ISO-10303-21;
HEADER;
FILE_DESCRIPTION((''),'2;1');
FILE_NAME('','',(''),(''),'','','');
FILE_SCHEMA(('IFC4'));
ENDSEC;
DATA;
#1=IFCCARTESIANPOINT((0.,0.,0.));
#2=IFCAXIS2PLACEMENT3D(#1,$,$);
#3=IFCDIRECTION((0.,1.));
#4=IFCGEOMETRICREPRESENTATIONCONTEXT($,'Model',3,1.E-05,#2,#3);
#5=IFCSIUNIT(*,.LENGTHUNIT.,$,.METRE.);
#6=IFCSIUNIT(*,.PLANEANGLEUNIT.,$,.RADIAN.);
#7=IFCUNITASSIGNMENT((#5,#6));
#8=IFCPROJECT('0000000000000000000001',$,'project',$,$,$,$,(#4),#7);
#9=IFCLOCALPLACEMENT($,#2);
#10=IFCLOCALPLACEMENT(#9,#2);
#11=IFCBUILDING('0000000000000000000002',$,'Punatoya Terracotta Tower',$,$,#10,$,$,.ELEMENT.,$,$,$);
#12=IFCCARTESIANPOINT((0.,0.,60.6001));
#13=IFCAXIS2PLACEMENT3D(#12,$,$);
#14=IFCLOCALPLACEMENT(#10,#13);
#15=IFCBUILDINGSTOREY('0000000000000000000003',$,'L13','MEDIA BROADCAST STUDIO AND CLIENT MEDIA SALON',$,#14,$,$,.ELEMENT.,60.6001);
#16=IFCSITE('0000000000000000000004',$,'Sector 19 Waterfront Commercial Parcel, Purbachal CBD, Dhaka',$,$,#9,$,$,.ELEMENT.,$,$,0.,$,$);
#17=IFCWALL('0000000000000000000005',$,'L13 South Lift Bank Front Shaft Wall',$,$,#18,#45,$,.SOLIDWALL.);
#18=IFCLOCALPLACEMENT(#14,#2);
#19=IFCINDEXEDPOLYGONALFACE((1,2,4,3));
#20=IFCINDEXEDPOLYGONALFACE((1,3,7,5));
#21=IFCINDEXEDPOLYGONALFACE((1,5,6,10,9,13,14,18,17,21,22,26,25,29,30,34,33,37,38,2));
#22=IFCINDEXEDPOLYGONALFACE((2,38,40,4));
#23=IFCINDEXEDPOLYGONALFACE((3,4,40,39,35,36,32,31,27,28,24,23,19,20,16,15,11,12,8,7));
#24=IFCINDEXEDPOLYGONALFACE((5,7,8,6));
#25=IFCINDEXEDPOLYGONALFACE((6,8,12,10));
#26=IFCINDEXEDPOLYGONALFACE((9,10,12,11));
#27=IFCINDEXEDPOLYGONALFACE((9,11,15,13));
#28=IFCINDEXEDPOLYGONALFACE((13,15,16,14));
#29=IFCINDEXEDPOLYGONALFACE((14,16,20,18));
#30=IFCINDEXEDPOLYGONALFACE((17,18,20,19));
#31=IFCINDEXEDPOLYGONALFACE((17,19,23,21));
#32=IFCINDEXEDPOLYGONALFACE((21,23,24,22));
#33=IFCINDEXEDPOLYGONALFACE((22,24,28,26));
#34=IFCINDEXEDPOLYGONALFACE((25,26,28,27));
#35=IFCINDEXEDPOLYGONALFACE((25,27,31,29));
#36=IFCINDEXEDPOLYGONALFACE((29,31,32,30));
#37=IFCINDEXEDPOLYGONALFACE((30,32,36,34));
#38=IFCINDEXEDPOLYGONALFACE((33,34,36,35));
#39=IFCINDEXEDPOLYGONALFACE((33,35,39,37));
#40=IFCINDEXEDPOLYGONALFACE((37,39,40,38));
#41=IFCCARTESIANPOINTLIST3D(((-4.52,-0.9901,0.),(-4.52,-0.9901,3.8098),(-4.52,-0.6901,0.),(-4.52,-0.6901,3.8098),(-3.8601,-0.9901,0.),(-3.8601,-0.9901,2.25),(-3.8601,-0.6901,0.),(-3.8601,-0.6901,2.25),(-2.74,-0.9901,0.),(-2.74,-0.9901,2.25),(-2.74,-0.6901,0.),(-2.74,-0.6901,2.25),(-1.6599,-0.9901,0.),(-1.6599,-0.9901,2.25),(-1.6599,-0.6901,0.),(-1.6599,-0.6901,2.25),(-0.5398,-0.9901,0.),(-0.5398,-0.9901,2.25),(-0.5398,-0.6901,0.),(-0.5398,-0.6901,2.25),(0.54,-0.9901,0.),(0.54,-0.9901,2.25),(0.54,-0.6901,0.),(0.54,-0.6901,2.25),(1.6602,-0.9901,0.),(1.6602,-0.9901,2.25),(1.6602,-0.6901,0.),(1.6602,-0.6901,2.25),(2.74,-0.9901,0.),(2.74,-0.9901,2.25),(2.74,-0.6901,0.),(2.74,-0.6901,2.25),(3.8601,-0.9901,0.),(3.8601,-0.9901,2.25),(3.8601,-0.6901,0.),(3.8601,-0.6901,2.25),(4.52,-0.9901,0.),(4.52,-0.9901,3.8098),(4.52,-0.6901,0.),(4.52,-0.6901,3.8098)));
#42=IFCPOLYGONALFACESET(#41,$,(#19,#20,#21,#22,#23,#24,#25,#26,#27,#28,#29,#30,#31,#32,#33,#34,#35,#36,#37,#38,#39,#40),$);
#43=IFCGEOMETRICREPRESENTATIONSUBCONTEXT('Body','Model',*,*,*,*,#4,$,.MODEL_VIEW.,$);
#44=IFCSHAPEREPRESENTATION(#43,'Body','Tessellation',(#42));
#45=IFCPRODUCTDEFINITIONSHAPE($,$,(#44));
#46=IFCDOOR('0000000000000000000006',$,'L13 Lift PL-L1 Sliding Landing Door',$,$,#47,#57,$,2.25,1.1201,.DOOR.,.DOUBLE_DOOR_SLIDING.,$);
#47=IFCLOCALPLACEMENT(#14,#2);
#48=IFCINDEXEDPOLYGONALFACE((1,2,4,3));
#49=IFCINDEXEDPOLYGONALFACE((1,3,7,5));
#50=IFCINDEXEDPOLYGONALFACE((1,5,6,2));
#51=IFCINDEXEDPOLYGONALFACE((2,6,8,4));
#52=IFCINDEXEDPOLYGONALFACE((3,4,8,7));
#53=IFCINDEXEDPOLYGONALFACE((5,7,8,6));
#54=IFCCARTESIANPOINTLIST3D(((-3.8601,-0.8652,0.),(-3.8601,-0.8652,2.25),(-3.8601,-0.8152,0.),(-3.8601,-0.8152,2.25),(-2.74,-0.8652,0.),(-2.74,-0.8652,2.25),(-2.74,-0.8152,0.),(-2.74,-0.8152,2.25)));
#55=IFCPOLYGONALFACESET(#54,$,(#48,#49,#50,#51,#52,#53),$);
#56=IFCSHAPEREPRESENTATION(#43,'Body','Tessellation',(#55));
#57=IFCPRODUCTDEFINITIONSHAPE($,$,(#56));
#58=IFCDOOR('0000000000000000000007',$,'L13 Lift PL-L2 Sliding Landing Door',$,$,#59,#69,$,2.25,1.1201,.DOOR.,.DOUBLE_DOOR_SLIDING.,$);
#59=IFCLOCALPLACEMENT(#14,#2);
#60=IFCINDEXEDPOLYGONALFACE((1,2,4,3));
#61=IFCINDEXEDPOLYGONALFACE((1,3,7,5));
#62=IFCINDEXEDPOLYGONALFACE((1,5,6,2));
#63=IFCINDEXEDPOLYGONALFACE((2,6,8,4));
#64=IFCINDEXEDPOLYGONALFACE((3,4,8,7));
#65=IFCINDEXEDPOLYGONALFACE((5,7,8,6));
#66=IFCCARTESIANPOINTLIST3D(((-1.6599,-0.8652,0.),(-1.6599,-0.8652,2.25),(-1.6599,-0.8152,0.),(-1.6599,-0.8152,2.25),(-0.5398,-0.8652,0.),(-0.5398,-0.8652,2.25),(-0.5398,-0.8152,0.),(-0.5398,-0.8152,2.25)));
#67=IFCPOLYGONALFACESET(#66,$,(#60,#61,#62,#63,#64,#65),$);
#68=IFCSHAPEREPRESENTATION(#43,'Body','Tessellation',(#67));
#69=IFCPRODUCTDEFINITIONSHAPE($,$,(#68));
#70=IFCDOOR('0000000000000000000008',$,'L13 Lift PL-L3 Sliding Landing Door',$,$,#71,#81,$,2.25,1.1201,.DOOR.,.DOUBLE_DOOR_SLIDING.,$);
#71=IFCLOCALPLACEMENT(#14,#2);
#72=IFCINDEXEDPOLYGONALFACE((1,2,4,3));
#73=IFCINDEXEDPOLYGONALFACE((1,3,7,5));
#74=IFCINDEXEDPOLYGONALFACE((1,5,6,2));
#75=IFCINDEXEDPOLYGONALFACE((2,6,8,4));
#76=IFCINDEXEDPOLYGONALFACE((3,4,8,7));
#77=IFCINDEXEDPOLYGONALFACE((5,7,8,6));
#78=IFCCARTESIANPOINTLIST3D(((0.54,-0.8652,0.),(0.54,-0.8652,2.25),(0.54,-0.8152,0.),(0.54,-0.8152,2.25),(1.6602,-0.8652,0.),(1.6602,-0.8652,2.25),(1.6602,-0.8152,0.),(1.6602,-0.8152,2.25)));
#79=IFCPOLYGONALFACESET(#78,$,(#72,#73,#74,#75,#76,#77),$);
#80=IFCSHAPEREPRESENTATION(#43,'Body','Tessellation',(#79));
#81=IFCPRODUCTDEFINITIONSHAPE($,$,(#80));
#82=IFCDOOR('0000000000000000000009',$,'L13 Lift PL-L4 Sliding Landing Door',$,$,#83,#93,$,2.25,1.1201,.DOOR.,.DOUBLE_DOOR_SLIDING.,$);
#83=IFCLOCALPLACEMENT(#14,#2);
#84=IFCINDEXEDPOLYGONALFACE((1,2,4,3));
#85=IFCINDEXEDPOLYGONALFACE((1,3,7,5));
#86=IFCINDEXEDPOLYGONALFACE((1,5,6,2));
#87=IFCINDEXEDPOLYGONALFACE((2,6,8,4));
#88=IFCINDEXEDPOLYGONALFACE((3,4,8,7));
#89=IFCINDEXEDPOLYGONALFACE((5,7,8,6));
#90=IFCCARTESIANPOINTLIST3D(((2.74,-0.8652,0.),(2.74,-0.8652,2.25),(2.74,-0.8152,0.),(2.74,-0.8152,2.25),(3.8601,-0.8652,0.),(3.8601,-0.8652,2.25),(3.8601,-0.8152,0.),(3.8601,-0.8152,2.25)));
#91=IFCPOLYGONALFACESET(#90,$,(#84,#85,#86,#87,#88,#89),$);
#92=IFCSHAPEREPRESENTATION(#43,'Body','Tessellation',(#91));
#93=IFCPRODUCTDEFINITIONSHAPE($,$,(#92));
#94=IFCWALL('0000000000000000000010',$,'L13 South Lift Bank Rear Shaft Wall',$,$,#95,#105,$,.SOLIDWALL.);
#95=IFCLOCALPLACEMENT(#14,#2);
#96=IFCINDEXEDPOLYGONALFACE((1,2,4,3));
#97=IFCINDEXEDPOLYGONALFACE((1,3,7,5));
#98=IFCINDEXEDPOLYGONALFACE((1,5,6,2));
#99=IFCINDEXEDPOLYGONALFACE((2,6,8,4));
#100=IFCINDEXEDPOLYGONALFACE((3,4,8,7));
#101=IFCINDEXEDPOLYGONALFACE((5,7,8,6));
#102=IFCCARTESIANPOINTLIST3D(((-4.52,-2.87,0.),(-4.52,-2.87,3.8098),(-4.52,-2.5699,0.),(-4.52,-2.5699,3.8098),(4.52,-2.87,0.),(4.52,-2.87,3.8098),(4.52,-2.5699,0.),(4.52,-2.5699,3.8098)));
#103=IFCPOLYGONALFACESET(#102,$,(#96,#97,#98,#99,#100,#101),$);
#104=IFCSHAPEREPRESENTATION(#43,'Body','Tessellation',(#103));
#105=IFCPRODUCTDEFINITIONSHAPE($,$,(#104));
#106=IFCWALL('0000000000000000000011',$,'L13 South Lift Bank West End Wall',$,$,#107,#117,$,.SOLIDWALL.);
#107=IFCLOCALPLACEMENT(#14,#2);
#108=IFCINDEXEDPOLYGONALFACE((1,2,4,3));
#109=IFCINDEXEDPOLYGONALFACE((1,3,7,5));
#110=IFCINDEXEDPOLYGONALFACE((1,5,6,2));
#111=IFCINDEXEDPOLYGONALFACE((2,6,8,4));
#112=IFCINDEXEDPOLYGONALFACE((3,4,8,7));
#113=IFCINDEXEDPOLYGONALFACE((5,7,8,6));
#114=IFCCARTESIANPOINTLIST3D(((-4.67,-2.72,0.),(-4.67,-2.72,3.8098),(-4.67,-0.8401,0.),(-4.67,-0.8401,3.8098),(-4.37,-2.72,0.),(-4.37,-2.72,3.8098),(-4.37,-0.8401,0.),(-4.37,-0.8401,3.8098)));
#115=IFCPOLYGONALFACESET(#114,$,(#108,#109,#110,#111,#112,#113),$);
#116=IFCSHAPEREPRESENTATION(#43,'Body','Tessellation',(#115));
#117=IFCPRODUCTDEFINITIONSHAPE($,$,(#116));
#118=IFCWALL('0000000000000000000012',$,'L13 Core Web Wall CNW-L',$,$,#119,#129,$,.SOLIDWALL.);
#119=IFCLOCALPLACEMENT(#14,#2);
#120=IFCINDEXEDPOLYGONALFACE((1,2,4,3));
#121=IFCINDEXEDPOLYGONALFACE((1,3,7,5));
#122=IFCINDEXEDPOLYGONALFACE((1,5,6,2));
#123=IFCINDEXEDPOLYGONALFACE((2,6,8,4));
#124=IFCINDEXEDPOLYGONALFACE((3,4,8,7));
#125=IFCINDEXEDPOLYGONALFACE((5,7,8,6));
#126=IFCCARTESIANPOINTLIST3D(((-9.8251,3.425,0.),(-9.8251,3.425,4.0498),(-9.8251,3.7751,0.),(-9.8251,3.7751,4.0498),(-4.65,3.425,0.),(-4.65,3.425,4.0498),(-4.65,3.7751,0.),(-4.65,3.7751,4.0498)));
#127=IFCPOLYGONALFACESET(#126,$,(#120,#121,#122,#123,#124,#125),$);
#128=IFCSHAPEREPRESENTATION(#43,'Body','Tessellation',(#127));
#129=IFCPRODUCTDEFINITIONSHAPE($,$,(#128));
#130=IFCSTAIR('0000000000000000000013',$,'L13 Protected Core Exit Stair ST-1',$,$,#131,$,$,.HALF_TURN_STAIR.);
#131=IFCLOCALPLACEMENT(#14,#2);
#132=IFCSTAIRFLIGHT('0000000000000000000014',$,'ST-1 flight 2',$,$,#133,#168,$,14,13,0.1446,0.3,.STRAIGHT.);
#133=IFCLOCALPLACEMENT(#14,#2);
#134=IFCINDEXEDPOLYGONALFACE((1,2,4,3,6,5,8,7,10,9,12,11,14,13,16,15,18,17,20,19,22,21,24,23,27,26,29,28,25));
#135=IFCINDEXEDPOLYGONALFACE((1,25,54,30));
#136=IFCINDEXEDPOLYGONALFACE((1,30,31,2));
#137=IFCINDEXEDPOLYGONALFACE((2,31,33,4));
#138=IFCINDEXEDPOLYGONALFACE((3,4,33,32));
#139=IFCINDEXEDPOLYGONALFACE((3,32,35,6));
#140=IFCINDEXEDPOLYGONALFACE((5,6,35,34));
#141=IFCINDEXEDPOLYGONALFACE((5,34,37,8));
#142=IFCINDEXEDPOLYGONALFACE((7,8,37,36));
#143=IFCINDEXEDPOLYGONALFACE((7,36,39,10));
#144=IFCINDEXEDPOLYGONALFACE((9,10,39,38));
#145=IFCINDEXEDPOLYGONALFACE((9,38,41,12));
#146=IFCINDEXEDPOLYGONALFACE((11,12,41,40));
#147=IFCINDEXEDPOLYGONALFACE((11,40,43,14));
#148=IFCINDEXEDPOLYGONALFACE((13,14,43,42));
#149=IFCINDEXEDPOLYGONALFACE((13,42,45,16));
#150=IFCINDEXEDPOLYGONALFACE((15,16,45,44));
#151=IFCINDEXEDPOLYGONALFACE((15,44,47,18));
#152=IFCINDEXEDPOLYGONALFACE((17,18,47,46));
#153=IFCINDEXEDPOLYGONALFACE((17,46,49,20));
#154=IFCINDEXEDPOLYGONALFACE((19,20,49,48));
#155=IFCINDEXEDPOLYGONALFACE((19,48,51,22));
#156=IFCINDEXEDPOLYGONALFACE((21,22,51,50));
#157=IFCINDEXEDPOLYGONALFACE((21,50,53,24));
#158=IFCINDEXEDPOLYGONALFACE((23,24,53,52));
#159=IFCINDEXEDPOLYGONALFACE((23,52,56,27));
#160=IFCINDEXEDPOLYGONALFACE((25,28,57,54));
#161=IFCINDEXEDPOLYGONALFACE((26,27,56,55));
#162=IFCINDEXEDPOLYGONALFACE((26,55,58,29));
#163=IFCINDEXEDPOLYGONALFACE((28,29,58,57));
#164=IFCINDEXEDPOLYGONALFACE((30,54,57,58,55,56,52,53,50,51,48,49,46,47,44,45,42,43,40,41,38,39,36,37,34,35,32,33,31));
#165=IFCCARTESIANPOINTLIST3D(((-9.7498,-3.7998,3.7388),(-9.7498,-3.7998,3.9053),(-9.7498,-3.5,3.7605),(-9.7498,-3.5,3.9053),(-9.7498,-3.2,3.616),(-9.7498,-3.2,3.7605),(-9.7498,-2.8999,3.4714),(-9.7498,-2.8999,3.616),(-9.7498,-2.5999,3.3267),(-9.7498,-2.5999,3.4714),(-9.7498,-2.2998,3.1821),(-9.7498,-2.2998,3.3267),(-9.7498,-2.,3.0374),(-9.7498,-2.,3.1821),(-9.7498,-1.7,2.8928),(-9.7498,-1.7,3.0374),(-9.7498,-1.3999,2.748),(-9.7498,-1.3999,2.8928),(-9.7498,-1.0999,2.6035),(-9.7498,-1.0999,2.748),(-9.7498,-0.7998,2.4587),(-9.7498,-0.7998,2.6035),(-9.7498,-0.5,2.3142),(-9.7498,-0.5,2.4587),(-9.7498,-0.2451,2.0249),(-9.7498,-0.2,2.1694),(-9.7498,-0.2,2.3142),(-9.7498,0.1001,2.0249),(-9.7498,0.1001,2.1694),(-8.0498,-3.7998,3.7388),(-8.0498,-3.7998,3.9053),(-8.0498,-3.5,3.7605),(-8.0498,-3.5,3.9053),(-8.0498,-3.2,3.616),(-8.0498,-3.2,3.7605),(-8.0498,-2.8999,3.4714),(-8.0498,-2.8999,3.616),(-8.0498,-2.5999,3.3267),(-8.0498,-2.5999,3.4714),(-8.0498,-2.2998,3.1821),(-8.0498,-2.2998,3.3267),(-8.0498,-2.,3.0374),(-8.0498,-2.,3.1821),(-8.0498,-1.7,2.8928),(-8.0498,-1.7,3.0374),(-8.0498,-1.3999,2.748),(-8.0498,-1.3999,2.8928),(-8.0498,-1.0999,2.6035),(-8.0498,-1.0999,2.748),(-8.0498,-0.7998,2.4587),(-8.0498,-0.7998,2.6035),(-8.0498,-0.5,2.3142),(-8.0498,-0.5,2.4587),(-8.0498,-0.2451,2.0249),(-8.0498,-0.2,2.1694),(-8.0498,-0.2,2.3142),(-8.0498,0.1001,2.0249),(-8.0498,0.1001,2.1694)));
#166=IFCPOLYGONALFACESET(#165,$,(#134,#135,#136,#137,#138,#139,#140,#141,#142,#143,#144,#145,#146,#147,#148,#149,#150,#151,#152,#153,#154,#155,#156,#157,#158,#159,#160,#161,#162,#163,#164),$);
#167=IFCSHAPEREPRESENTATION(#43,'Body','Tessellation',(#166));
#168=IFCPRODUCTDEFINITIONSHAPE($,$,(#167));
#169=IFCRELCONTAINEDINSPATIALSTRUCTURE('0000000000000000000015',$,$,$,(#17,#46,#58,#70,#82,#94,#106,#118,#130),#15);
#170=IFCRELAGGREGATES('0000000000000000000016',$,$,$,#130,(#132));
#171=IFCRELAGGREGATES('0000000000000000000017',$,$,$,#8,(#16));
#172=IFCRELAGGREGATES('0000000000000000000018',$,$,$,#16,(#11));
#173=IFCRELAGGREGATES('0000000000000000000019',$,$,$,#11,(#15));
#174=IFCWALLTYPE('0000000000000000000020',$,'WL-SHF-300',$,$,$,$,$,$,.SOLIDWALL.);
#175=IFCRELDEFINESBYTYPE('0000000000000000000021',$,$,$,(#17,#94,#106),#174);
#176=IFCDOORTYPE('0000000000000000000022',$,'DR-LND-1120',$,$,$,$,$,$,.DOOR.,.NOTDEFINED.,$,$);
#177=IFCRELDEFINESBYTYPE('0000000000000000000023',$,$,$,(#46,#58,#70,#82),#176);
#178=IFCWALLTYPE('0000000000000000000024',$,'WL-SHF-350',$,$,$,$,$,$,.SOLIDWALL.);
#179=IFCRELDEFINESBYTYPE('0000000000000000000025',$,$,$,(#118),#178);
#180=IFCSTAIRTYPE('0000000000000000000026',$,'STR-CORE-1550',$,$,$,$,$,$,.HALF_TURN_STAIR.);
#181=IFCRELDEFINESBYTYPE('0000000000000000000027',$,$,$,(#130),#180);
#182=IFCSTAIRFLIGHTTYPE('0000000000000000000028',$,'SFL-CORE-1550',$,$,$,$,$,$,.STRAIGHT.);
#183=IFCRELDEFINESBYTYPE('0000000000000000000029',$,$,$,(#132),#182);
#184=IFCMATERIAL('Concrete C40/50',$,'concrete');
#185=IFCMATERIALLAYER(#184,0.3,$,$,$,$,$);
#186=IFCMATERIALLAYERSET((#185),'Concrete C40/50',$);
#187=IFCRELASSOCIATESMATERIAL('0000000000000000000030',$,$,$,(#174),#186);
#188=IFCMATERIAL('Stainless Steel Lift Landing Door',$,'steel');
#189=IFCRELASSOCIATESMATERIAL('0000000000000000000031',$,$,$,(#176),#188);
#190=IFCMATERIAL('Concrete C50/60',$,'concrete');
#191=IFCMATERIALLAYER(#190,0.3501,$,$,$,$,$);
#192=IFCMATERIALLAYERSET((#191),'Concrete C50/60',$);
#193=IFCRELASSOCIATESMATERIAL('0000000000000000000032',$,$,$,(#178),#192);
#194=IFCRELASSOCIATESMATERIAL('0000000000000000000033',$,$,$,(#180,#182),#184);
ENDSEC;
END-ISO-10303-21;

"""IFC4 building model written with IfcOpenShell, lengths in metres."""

from ifc_helpers import new_model, si_unit, direction, frame, frame_2d, origin, place, context, subcontext, project, spatial, polyline, rectangle, outline, extrude, material, layer, layer_set, type_object, element, fill, aggregate, save


model = new_model("IFC4")

# Units and contexts
model_context = context("Model", 3, precision=1e-05, world=origin(), true_north=direction((0.0, 1.0)))
body_context = subcontext(model_context, "Body", "Model", "MODEL_VIEW")
ifc_project = project(units=[si_unit("LENGTHUNIT", "METRE"), si_unit("PLANEANGLEUNIT", "RADIAN")], contexts=[model_context])

# Site, building, storey
site_placement = place(None, origin())
site = spatial("IfcSite", under=ifc_project, at=site_placement, Name="Sector 19 Waterfront Commercial Parcel, Purbachal CBD, Dhaka", CompositionType="ELEMENT", RefElevation=0.0)
building_placement = place(site_placement, origin())
building = spatial("IfcBuilding", under=site, at=building_placement, Name="Punatoya Terracotta Tower", CompositionType="ELEMENT")
storey_placement = place(building_placement, frame((0.0, 0.0, 60.6001)))
storey = spatial("IfcBuildingStorey", under=building, at=storey_placement, Name="L13", Description="MEDIA BROADCAST STUDIO AND CLIENT MEDIA SALON", CompositionType="ELEMENT", Elevation=60.6001)

# Shared definitions
ifc_material_1 = material(Name="Concrete C40/50", Category="concrete")

# Wall, openings, doors
ifc_layer_1 = layer(ifc_material_1, 0.3)
ifc_layer_set_1 = layer_set([ifc_layer_1], Name="Concrete C40/50")
wall_type_1 = type_object("IfcWallType", Name="WL-SHF-300", PredefinedType="SOLIDWALL", material=ifc_layer_set_1)
wall_1_placement = place(storey_placement, frame((-4.52, -0.8401, 0.0), z_axis=(0.0, 0.0, 1.0), x_axis=(1.0, 0.0, 0.0)))
wall_1 = element("IfcWall", 1, at=wall_1_placement, inside=storey, type_object=wall_type_1, Name="L13 South Lift Bank Front Shaft Wall", PredefinedType="SOLIDWALL", context=body_context, shape_type="SweptSolid", body=[
    extrude(rectangle(XDim=9.04, YDim=0.3, at=frame_2d((4.52, 0.0))), origin(), (0.0, 0.0, 1.0), 3.8098),
])
opening_1_placement = place(wall_1_placement, frame((0.6599, 0.0, 0.0)))
opening_1 = element("IfcOpeningElement", 2, at=opening_1_placement, cuts=wall_1, PredefinedType="OPENING", context=body_context, shape_type="SweptSolid", body=[
    extrude(rectangle(XDim=1.1201, YDim=2.25, at=frame_2d((0.5601, 1.125))), frame((0.0, 0.1599, 0.0), z_axis=(0.0, -1.0, 0.0), x_axis=(1.0, 0.0, 0.0)), (0.0, 0.0, 1.0), 0.3201),
])
opening_2_placement = place(wall_1_placement, frame((2.8601, 0.0, 0.0)))
opening_2 = element("IfcOpeningElement", 3, at=opening_2_placement, cuts=wall_1, PredefinedType="OPENING", context=body_context, shape_type="SweptSolid", body=[
    extrude(rectangle(XDim=1.1201, YDim=2.25, at=frame_2d((0.5601, 1.125))), frame((0.0, 0.1599, 0.0), z_axis=(0.0, -1.0, 0.0), x_axis=(1.0, 0.0, 0.0)), (0.0, 0.0, 1.0), 0.3201),
])
opening_3_placement = place(wall_1_placement, frame((5.0601, 0.0, 0.0)))
opening_3 = element("IfcOpeningElement", 4, at=opening_3_placement, cuts=wall_1, PredefinedType="OPENING", context=body_context, shape_type="SweptSolid", body=[
    extrude(rectangle(XDim=1.1201, YDim=2.25, at=frame_2d((0.5601, 1.125))), frame((0.0, 0.1599, 0.0), z_axis=(0.0, -1.0, 0.0), x_axis=(1.0, 0.0, 0.0)), (0.0, 0.0, 1.0), 0.3201),
])
opening_4_placement = place(wall_1_placement, frame((7.26, 0.0, 0.0)))
opening_4 = element("IfcOpeningElement", 5, at=opening_4_placement, cuts=wall_1, PredefinedType="OPENING", context=body_context, shape_type="SweptSolid", body=[
    extrude(rectangle(XDim=1.1201, YDim=2.25, at=frame_2d((0.5601, 1.125))), frame((0.0, 0.1599, 0.0), z_axis=(0.0, -1.0, 0.0), x_axis=(1.0, 0.0, 0.0)), (0.0, 0.0, 1.0), 0.3201),
])
ifc_material_2 = material(Name="Stainless Steel Lift Landing Door", Category="steel")
door_type_1 = type_object("IfcDoorType", Name="DR-LND-1120", OperationType="NOTDEFINED", PredefinedType="DOOR", material=ifc_material_2)
door_1_placement = place(opening_1_placement, origin())
door_1 = element("IfcDoor", 6, at=door_1_placement, inside=storey, type_object=door_type_1, Name="L13 Lift PL-L1 Sliding Landing Door", OperationType="DOUBLE_DOOR_SLIDING", OverallHeight=2.25, OverallWidth=1.1201, PredefinedType="DOOR", context=body_context, shape_type="SweptSolid", body=[
    extrude(rectangle(XDim=1.1201, YDim=2.25, at=frame_2d((0.5601, 1.125))), frame((0.0, 0.0249, 0.0), z_axis=(0.0, -1.0, 0.0), x_axis=(1.0, 0.0, 0.0)), (0.0, 0.0, 1.0), 0.05),
])
fill(opening_1, door_1)
door_2_placement = place(opening_2_placement, origin())
door_2 = element("IfcDoor", 7, at=door_2_placement, inside=storey, type_object=door_type_1, Name="L13 Lift PL-L2 Sliding Landing Door", OperationType="DOUBLE_DOOR_SLIDING", OverallHeight=2.25, OverallWidth=1.1201, PredefinedType="DOOR", context=body_context, shape_type="SweptSolid", body=[
    extrude(rectangle(XDim=1.1201, YDim=2.25, at=frame_2d((0.5601, 1.125))), frame((0.0, 0.0249, 0.0), z_axis=(0.0, -1.0, 0.0), x_axis=(1.0, 0.0, 0.0)), (0.0, 0.0, 1.0), 0.05),
])
fill(opening_2, door_2)
door_3_placement = place(opening_3_placement, origin())
door_3 = element("IfcDoor", 8, at=door_3_placement, inside=storey, type_object=door_type_1, Name="L13 Lift PL-L3 Sliding Landing Door", OperationType="DOUBLE_DOOR_SLIDING", OverallHeight=2.25, OverallWidth=1.1201, PredefinedType="DOOR", context=body_context, shape_type="SweptSolid", body=[
    extrude(rectangle(XDim=1.1201, YDim=2.25, at=frame_2d((0.5601, 1.125))), frame((0.0, 0.0249, 0.0), z_axis=(0.0, -1.0, 0.0), x_axis=(1.0, 0.0, 0.0)), (0.0, 0.0, 1.0), 0.05),
])
fill(opening_3, door_3)
door_4_placement = place(opening_4_placement, origin())
door_4 = element("IfcDoor", 9, at=door_4_placement, inside=storey, type_object=door_type_1, Name="L13 Lift PL-L4 Sliding Landing Door", OperationType="DOUBLE_DOOR_SLIDING", OverallHeight=2.25, OverallWidth=1.1201, PredefinedType="DOOR", context=body_context, shape_type="SweptSolid", body=[
    extrude(rectangle(XDim=1.1201, YDim=2.25, at=frame_2d((0.5601, 1.125))), frame((0.0, 0.0249, 0.0), z_axis=(0.0, -1.0, 0.0), x_axis=(1.0, 0.0, 0.0)), (0.0, 0.0, 1.0), 0.05),
])
fill(opening_4, door_4)

# Walls
wall_2_placement = place(storey_placement, frame((-4.52, -2.72, 0.0), z_axis=(0.0, 0.0, 1.0), x_axis=(1.0, 0.0, 0.0)))
element("IfcWall", 10, at=wall_2_placement, inside=storey, type_object=wall_type_1, Name="L13 South Lift Bank Rear Shaft Wall", PredefinedType="SOLIDWALL", context=body_context, shape_type="SweptSolid", body=[
    extrude(rectangle(XDim=9.04, YDim=0.3, at=frame_2d((4.52, 0.0))), origin(), (0.0, 0.0, 1.0), 3.8098),
])
wall_3_placement = place(storey_placement, frame((-4.52, -2.72, 0.0), z_axis=(0.0, 0.0, 1.0), x_axis=(0.0, 1.0, 0.0)))
element("IfcWall", 11, at=wall_3_placement, inside=storey, type_object=wall_type_1, Name="L13 South Lift Bank West End Wall", PredefinedType="SOLIDWALL", context=body_context, shape_type="SweptSolid", body=[
    extrude(rectangle(XDim=1.8799, YDim=0.3, at=frame_2d((0.9399, 0.0))), origin(), (0.0, 0.0, 1.0), 3.8098),
])
ifc_material_3 = material(Name="Concrete C50/60", Category="concrete")
ifc_layer_2 = layer(ifc_material_3, 0.3501)
ifc_layer_set_2 = layer_set([ifc_layer_2], Name="Concrete C50/60")
wall_type_2 = type_object("IfcWallType", Name="WL-SHF-350", PredefinedType="SOLIDWALL", material=ifc_layer_set_2)
wall_4_placement = place(storey_placement, frame((-9.825, 3.6001, 0.0), z_axis=(0.0, 0.0, 1.0), x_axis=(1.0, 0.0, 0.0)))
element("IfcWall", 12, at=wall_4_placement, inside=storey, type_object=wall_type_2, Name="L13 Core Web Wall CNW-L", PredefinedType="SOLIDWALL", context=body_context, shape_type="SweptSolid", body=[
    extrude(rectangle(XDim=5.175, YDim=0.3501, at=frame_2d((2.5874, 0.0))), origin(), (0.0, 0.0, 1.0), 4.0498),
])

# Stair, stair flight
stair_type = type_object("IfcStairType", Name="STR-CORE-1550", PredefinedType="HALF_TURN_STAIR", material=ifc_material_1)
stair_placement = place(storey_placement, origin())
stair = element("IfcStair", 13, at=stair_placement, inside=storey, type_object=stair_type, Name="L13 Protected Core Exit Stair ST-1", PredefinedType="HALF_TURN_STAIR")
stair_flight_type = type_object("IfcStairFlightType", Name="SFL-CORE-1550", PredefinedType="STRAIGHT", material=ifc_material_1)
stair_flight_placement = place(storey_placement, frame((-8.8999, 0.1001, 2.0249), z_axis=(0.0, 0.0, 1.0), x_axis=(0.0, -1.0, 0.0)))
stair_flight = element("IfcStairFlight", 14, at=stair_flight_placement, type_object=stair_flight_type, Name="ST-1 flight 2", NumberOfRisers=14, NumberOfTreads=13, PredefinedType="STRAIGHT", RiserHeight=0.1446, TreadLength=0.3, context=body_context, shape_type="SweptSolid", body=[
    extrude(outline(polyline([(0.0, 0.0), (0.0, 0.1445), (0.3, 0.1445), (0.3, 0.2893), (0.6001, 0.2893), (0.6001, 0.4338), (0.8999, 0.4338), (0.8999, 0.5786), (1.2, 0.5786), (1.2, 0.7231), (1.5, 0.7231), (1.5, 0.8679), (1.8, 0.8679), (1.8, 1.0125), (2.1001, 1.0125), (2.1001, 1.1572), (2.3999, 1.1572), (2.3999, 1.3018), (2.7, 1.3018), (2.7, 1.4465), (3.0, 1.4465), (3.0, 1.5911), (3.3, 1.5911), (3.3, 1.7356), (3.6001, 1.7356), (3.6001, 1.8804), (3.8999, 1.8804), (3.8999, 2.0249), (3.8999, 1.7139), (0.3452, 0.0), (0.0, 0.0)])), frame((0.0, 0.8501, 0.0), z_axis=(0.0, -1.0, 0.0), x_axis=(1.0, 0.0, 0.0)), (0.0, 0.0, 1.0), 1.7),
])
aggregate(stair, [stair_flight])

save(model, "model.ifc")
